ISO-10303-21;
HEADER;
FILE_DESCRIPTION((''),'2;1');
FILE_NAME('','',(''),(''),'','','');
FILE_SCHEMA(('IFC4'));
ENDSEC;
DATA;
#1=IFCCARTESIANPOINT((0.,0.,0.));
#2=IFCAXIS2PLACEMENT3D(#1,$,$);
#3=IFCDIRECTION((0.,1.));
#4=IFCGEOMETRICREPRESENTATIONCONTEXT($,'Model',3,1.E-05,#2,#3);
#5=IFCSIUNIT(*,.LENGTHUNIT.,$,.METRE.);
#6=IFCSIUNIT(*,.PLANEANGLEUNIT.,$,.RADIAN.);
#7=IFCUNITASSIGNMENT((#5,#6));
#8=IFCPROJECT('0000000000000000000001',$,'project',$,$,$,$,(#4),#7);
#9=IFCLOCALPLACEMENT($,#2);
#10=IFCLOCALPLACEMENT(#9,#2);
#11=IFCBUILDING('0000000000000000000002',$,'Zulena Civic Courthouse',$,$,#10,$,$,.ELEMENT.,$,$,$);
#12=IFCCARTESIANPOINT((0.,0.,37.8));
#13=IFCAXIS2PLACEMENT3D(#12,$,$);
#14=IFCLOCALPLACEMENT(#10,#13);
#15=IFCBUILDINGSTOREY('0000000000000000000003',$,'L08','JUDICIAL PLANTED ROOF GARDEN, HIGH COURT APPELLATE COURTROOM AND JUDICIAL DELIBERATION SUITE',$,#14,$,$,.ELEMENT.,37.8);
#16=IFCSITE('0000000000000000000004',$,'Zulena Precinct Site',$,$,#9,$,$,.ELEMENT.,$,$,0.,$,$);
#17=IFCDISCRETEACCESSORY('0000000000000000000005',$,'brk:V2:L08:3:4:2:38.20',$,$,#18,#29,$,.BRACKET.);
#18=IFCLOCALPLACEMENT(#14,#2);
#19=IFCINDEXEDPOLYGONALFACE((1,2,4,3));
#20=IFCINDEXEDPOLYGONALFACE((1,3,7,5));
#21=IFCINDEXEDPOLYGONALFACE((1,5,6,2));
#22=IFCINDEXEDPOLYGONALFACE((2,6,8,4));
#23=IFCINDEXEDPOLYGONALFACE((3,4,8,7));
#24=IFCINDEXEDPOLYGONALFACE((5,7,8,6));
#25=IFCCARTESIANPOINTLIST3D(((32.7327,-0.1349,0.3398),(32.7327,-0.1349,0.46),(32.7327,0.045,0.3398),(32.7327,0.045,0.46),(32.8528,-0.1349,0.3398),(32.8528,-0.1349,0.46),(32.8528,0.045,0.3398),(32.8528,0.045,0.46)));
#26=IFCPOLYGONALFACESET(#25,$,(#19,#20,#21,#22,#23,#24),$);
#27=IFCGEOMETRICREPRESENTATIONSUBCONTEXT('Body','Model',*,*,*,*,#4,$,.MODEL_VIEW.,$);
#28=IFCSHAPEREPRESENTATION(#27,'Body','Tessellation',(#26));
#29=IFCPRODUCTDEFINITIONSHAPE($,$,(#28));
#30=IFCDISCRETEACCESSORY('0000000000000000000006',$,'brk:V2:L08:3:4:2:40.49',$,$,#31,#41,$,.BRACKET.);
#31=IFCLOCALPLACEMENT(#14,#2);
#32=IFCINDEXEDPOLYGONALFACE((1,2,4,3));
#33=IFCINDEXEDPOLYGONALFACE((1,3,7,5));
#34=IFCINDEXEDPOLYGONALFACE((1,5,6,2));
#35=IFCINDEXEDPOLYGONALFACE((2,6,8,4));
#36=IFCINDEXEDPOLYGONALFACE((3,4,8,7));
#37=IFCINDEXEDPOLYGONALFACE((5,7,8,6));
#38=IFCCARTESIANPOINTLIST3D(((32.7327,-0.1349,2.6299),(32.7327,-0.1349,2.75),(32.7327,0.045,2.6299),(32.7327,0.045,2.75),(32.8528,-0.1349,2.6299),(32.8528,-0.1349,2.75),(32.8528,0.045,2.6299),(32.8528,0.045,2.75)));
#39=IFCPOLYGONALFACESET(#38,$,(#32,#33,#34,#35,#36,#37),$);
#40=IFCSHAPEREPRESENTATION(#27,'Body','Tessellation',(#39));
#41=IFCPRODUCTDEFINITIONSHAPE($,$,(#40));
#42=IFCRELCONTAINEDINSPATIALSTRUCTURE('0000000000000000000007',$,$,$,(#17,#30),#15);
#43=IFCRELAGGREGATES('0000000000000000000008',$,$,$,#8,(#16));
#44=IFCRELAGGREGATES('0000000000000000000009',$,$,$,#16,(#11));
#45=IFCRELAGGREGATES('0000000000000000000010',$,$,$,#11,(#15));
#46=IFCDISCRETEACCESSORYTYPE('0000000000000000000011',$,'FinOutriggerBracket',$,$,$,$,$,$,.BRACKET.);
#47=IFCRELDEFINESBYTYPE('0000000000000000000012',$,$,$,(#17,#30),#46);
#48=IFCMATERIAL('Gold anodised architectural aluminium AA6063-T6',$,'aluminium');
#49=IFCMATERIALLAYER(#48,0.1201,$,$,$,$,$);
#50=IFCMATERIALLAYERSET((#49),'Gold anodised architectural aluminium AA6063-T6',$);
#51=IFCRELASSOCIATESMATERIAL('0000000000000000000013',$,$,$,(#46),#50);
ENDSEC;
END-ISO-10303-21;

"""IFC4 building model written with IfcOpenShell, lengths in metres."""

from ifc_helpers import new_model, si_unit, direction, frame, origin, origin_2d, place, context, subcontext, project, spatial, rectangle, extrude, material, layer, layer_set, type_object, element, save


model = new_model("IFC4")

# Units and contexts
model_context = context("Model", 3, precision=1e-05, world=origin(), true_north=direction((0.0, 1.0)))
body_context = subcontext(model_context, "Body", "Model", "MODEL_VIEW")
ifc_project = project(units=[si_unit("LENGTHUNIT", "METRE"), si_unit("PLANEANGLEUNIT", "RADIAN")], contexts=[model_context])

# Site, building, storey
site_placement = place(None, origin())
site = spatial("IfcSite", under=ifc_project, at=site_placement, Name="Zulena Precinct Site", CompositionType="ELEMENT", RefElevation=0.0)
building_placement = place(site_placement, origin())
building = spatial("IfcBuilding", under=site, at=building_placement, Name="Zulena Civic Courthouse", CompositionType="ELEMENT")
storey_placement = place(building_placement, frame((0.0, 0.0, 37.8)))
storey = spatial("IfcBuildingStorey", under=building, at=storey_placement, Name="L08", Description="JUDICIAL PLANTED ROOF GARDEN, HIGH COURT APPELLATE COURTROOM AND JUDICIAL DELIBERATION SUITE", CompositionType="ELEMENT", Elevation=37.8)

# Shared definitions
ifc_material_1 = material(Name="Gold anodised architectural aluminium AA6063-T6", Category="aluminium")

# Discrete accessories
ifc_layer_1 = layer(ifc_material_1, 0.1201)
ifc_layer_set_1 = layer_set([ifc_layer_1], Name="Gold anodised architectural aluminium AA6063-T6")
discrete_accessory_type = type_object("IfcDiscreteAccessoryType", Name="FinOutriggerBracket", PredefinedType="BRACKET", material=ifc_layer_set_1)
for number, where, z_axis, x_axis, name in (
    (1, (32.7927, -0.0449, 0.3398), (0.0, 0.0, 1.0), (0.0, -1.0, 0.0), "brk:V2:L08:3:4:2:38.20"),
    (2, (32.7927, -0.0449, 2.6299), (0.0, 0.0, 1.0), (0.0, -1.0, 0.0), "brk:V2:L08:3:4:2:40.49"),
):
    element("IfcDiscreteAccessory", number, at=place(storey_placement, frame(where, z_axis=z_axis, x_axis=x_axis)), inside=storey, type_object=discrete_accessory_type, Name=name, PredefinedType="BRACKET", context=body_context, shape_type="SweptSolid", body=[
        extrude(rectangle(XDim=0.1799, YDim=0.1201, at=origin_2d()), origin(), (0.0, 0.0, 1.0), 0.1201),
    ])

save(model, "model.ifc")
